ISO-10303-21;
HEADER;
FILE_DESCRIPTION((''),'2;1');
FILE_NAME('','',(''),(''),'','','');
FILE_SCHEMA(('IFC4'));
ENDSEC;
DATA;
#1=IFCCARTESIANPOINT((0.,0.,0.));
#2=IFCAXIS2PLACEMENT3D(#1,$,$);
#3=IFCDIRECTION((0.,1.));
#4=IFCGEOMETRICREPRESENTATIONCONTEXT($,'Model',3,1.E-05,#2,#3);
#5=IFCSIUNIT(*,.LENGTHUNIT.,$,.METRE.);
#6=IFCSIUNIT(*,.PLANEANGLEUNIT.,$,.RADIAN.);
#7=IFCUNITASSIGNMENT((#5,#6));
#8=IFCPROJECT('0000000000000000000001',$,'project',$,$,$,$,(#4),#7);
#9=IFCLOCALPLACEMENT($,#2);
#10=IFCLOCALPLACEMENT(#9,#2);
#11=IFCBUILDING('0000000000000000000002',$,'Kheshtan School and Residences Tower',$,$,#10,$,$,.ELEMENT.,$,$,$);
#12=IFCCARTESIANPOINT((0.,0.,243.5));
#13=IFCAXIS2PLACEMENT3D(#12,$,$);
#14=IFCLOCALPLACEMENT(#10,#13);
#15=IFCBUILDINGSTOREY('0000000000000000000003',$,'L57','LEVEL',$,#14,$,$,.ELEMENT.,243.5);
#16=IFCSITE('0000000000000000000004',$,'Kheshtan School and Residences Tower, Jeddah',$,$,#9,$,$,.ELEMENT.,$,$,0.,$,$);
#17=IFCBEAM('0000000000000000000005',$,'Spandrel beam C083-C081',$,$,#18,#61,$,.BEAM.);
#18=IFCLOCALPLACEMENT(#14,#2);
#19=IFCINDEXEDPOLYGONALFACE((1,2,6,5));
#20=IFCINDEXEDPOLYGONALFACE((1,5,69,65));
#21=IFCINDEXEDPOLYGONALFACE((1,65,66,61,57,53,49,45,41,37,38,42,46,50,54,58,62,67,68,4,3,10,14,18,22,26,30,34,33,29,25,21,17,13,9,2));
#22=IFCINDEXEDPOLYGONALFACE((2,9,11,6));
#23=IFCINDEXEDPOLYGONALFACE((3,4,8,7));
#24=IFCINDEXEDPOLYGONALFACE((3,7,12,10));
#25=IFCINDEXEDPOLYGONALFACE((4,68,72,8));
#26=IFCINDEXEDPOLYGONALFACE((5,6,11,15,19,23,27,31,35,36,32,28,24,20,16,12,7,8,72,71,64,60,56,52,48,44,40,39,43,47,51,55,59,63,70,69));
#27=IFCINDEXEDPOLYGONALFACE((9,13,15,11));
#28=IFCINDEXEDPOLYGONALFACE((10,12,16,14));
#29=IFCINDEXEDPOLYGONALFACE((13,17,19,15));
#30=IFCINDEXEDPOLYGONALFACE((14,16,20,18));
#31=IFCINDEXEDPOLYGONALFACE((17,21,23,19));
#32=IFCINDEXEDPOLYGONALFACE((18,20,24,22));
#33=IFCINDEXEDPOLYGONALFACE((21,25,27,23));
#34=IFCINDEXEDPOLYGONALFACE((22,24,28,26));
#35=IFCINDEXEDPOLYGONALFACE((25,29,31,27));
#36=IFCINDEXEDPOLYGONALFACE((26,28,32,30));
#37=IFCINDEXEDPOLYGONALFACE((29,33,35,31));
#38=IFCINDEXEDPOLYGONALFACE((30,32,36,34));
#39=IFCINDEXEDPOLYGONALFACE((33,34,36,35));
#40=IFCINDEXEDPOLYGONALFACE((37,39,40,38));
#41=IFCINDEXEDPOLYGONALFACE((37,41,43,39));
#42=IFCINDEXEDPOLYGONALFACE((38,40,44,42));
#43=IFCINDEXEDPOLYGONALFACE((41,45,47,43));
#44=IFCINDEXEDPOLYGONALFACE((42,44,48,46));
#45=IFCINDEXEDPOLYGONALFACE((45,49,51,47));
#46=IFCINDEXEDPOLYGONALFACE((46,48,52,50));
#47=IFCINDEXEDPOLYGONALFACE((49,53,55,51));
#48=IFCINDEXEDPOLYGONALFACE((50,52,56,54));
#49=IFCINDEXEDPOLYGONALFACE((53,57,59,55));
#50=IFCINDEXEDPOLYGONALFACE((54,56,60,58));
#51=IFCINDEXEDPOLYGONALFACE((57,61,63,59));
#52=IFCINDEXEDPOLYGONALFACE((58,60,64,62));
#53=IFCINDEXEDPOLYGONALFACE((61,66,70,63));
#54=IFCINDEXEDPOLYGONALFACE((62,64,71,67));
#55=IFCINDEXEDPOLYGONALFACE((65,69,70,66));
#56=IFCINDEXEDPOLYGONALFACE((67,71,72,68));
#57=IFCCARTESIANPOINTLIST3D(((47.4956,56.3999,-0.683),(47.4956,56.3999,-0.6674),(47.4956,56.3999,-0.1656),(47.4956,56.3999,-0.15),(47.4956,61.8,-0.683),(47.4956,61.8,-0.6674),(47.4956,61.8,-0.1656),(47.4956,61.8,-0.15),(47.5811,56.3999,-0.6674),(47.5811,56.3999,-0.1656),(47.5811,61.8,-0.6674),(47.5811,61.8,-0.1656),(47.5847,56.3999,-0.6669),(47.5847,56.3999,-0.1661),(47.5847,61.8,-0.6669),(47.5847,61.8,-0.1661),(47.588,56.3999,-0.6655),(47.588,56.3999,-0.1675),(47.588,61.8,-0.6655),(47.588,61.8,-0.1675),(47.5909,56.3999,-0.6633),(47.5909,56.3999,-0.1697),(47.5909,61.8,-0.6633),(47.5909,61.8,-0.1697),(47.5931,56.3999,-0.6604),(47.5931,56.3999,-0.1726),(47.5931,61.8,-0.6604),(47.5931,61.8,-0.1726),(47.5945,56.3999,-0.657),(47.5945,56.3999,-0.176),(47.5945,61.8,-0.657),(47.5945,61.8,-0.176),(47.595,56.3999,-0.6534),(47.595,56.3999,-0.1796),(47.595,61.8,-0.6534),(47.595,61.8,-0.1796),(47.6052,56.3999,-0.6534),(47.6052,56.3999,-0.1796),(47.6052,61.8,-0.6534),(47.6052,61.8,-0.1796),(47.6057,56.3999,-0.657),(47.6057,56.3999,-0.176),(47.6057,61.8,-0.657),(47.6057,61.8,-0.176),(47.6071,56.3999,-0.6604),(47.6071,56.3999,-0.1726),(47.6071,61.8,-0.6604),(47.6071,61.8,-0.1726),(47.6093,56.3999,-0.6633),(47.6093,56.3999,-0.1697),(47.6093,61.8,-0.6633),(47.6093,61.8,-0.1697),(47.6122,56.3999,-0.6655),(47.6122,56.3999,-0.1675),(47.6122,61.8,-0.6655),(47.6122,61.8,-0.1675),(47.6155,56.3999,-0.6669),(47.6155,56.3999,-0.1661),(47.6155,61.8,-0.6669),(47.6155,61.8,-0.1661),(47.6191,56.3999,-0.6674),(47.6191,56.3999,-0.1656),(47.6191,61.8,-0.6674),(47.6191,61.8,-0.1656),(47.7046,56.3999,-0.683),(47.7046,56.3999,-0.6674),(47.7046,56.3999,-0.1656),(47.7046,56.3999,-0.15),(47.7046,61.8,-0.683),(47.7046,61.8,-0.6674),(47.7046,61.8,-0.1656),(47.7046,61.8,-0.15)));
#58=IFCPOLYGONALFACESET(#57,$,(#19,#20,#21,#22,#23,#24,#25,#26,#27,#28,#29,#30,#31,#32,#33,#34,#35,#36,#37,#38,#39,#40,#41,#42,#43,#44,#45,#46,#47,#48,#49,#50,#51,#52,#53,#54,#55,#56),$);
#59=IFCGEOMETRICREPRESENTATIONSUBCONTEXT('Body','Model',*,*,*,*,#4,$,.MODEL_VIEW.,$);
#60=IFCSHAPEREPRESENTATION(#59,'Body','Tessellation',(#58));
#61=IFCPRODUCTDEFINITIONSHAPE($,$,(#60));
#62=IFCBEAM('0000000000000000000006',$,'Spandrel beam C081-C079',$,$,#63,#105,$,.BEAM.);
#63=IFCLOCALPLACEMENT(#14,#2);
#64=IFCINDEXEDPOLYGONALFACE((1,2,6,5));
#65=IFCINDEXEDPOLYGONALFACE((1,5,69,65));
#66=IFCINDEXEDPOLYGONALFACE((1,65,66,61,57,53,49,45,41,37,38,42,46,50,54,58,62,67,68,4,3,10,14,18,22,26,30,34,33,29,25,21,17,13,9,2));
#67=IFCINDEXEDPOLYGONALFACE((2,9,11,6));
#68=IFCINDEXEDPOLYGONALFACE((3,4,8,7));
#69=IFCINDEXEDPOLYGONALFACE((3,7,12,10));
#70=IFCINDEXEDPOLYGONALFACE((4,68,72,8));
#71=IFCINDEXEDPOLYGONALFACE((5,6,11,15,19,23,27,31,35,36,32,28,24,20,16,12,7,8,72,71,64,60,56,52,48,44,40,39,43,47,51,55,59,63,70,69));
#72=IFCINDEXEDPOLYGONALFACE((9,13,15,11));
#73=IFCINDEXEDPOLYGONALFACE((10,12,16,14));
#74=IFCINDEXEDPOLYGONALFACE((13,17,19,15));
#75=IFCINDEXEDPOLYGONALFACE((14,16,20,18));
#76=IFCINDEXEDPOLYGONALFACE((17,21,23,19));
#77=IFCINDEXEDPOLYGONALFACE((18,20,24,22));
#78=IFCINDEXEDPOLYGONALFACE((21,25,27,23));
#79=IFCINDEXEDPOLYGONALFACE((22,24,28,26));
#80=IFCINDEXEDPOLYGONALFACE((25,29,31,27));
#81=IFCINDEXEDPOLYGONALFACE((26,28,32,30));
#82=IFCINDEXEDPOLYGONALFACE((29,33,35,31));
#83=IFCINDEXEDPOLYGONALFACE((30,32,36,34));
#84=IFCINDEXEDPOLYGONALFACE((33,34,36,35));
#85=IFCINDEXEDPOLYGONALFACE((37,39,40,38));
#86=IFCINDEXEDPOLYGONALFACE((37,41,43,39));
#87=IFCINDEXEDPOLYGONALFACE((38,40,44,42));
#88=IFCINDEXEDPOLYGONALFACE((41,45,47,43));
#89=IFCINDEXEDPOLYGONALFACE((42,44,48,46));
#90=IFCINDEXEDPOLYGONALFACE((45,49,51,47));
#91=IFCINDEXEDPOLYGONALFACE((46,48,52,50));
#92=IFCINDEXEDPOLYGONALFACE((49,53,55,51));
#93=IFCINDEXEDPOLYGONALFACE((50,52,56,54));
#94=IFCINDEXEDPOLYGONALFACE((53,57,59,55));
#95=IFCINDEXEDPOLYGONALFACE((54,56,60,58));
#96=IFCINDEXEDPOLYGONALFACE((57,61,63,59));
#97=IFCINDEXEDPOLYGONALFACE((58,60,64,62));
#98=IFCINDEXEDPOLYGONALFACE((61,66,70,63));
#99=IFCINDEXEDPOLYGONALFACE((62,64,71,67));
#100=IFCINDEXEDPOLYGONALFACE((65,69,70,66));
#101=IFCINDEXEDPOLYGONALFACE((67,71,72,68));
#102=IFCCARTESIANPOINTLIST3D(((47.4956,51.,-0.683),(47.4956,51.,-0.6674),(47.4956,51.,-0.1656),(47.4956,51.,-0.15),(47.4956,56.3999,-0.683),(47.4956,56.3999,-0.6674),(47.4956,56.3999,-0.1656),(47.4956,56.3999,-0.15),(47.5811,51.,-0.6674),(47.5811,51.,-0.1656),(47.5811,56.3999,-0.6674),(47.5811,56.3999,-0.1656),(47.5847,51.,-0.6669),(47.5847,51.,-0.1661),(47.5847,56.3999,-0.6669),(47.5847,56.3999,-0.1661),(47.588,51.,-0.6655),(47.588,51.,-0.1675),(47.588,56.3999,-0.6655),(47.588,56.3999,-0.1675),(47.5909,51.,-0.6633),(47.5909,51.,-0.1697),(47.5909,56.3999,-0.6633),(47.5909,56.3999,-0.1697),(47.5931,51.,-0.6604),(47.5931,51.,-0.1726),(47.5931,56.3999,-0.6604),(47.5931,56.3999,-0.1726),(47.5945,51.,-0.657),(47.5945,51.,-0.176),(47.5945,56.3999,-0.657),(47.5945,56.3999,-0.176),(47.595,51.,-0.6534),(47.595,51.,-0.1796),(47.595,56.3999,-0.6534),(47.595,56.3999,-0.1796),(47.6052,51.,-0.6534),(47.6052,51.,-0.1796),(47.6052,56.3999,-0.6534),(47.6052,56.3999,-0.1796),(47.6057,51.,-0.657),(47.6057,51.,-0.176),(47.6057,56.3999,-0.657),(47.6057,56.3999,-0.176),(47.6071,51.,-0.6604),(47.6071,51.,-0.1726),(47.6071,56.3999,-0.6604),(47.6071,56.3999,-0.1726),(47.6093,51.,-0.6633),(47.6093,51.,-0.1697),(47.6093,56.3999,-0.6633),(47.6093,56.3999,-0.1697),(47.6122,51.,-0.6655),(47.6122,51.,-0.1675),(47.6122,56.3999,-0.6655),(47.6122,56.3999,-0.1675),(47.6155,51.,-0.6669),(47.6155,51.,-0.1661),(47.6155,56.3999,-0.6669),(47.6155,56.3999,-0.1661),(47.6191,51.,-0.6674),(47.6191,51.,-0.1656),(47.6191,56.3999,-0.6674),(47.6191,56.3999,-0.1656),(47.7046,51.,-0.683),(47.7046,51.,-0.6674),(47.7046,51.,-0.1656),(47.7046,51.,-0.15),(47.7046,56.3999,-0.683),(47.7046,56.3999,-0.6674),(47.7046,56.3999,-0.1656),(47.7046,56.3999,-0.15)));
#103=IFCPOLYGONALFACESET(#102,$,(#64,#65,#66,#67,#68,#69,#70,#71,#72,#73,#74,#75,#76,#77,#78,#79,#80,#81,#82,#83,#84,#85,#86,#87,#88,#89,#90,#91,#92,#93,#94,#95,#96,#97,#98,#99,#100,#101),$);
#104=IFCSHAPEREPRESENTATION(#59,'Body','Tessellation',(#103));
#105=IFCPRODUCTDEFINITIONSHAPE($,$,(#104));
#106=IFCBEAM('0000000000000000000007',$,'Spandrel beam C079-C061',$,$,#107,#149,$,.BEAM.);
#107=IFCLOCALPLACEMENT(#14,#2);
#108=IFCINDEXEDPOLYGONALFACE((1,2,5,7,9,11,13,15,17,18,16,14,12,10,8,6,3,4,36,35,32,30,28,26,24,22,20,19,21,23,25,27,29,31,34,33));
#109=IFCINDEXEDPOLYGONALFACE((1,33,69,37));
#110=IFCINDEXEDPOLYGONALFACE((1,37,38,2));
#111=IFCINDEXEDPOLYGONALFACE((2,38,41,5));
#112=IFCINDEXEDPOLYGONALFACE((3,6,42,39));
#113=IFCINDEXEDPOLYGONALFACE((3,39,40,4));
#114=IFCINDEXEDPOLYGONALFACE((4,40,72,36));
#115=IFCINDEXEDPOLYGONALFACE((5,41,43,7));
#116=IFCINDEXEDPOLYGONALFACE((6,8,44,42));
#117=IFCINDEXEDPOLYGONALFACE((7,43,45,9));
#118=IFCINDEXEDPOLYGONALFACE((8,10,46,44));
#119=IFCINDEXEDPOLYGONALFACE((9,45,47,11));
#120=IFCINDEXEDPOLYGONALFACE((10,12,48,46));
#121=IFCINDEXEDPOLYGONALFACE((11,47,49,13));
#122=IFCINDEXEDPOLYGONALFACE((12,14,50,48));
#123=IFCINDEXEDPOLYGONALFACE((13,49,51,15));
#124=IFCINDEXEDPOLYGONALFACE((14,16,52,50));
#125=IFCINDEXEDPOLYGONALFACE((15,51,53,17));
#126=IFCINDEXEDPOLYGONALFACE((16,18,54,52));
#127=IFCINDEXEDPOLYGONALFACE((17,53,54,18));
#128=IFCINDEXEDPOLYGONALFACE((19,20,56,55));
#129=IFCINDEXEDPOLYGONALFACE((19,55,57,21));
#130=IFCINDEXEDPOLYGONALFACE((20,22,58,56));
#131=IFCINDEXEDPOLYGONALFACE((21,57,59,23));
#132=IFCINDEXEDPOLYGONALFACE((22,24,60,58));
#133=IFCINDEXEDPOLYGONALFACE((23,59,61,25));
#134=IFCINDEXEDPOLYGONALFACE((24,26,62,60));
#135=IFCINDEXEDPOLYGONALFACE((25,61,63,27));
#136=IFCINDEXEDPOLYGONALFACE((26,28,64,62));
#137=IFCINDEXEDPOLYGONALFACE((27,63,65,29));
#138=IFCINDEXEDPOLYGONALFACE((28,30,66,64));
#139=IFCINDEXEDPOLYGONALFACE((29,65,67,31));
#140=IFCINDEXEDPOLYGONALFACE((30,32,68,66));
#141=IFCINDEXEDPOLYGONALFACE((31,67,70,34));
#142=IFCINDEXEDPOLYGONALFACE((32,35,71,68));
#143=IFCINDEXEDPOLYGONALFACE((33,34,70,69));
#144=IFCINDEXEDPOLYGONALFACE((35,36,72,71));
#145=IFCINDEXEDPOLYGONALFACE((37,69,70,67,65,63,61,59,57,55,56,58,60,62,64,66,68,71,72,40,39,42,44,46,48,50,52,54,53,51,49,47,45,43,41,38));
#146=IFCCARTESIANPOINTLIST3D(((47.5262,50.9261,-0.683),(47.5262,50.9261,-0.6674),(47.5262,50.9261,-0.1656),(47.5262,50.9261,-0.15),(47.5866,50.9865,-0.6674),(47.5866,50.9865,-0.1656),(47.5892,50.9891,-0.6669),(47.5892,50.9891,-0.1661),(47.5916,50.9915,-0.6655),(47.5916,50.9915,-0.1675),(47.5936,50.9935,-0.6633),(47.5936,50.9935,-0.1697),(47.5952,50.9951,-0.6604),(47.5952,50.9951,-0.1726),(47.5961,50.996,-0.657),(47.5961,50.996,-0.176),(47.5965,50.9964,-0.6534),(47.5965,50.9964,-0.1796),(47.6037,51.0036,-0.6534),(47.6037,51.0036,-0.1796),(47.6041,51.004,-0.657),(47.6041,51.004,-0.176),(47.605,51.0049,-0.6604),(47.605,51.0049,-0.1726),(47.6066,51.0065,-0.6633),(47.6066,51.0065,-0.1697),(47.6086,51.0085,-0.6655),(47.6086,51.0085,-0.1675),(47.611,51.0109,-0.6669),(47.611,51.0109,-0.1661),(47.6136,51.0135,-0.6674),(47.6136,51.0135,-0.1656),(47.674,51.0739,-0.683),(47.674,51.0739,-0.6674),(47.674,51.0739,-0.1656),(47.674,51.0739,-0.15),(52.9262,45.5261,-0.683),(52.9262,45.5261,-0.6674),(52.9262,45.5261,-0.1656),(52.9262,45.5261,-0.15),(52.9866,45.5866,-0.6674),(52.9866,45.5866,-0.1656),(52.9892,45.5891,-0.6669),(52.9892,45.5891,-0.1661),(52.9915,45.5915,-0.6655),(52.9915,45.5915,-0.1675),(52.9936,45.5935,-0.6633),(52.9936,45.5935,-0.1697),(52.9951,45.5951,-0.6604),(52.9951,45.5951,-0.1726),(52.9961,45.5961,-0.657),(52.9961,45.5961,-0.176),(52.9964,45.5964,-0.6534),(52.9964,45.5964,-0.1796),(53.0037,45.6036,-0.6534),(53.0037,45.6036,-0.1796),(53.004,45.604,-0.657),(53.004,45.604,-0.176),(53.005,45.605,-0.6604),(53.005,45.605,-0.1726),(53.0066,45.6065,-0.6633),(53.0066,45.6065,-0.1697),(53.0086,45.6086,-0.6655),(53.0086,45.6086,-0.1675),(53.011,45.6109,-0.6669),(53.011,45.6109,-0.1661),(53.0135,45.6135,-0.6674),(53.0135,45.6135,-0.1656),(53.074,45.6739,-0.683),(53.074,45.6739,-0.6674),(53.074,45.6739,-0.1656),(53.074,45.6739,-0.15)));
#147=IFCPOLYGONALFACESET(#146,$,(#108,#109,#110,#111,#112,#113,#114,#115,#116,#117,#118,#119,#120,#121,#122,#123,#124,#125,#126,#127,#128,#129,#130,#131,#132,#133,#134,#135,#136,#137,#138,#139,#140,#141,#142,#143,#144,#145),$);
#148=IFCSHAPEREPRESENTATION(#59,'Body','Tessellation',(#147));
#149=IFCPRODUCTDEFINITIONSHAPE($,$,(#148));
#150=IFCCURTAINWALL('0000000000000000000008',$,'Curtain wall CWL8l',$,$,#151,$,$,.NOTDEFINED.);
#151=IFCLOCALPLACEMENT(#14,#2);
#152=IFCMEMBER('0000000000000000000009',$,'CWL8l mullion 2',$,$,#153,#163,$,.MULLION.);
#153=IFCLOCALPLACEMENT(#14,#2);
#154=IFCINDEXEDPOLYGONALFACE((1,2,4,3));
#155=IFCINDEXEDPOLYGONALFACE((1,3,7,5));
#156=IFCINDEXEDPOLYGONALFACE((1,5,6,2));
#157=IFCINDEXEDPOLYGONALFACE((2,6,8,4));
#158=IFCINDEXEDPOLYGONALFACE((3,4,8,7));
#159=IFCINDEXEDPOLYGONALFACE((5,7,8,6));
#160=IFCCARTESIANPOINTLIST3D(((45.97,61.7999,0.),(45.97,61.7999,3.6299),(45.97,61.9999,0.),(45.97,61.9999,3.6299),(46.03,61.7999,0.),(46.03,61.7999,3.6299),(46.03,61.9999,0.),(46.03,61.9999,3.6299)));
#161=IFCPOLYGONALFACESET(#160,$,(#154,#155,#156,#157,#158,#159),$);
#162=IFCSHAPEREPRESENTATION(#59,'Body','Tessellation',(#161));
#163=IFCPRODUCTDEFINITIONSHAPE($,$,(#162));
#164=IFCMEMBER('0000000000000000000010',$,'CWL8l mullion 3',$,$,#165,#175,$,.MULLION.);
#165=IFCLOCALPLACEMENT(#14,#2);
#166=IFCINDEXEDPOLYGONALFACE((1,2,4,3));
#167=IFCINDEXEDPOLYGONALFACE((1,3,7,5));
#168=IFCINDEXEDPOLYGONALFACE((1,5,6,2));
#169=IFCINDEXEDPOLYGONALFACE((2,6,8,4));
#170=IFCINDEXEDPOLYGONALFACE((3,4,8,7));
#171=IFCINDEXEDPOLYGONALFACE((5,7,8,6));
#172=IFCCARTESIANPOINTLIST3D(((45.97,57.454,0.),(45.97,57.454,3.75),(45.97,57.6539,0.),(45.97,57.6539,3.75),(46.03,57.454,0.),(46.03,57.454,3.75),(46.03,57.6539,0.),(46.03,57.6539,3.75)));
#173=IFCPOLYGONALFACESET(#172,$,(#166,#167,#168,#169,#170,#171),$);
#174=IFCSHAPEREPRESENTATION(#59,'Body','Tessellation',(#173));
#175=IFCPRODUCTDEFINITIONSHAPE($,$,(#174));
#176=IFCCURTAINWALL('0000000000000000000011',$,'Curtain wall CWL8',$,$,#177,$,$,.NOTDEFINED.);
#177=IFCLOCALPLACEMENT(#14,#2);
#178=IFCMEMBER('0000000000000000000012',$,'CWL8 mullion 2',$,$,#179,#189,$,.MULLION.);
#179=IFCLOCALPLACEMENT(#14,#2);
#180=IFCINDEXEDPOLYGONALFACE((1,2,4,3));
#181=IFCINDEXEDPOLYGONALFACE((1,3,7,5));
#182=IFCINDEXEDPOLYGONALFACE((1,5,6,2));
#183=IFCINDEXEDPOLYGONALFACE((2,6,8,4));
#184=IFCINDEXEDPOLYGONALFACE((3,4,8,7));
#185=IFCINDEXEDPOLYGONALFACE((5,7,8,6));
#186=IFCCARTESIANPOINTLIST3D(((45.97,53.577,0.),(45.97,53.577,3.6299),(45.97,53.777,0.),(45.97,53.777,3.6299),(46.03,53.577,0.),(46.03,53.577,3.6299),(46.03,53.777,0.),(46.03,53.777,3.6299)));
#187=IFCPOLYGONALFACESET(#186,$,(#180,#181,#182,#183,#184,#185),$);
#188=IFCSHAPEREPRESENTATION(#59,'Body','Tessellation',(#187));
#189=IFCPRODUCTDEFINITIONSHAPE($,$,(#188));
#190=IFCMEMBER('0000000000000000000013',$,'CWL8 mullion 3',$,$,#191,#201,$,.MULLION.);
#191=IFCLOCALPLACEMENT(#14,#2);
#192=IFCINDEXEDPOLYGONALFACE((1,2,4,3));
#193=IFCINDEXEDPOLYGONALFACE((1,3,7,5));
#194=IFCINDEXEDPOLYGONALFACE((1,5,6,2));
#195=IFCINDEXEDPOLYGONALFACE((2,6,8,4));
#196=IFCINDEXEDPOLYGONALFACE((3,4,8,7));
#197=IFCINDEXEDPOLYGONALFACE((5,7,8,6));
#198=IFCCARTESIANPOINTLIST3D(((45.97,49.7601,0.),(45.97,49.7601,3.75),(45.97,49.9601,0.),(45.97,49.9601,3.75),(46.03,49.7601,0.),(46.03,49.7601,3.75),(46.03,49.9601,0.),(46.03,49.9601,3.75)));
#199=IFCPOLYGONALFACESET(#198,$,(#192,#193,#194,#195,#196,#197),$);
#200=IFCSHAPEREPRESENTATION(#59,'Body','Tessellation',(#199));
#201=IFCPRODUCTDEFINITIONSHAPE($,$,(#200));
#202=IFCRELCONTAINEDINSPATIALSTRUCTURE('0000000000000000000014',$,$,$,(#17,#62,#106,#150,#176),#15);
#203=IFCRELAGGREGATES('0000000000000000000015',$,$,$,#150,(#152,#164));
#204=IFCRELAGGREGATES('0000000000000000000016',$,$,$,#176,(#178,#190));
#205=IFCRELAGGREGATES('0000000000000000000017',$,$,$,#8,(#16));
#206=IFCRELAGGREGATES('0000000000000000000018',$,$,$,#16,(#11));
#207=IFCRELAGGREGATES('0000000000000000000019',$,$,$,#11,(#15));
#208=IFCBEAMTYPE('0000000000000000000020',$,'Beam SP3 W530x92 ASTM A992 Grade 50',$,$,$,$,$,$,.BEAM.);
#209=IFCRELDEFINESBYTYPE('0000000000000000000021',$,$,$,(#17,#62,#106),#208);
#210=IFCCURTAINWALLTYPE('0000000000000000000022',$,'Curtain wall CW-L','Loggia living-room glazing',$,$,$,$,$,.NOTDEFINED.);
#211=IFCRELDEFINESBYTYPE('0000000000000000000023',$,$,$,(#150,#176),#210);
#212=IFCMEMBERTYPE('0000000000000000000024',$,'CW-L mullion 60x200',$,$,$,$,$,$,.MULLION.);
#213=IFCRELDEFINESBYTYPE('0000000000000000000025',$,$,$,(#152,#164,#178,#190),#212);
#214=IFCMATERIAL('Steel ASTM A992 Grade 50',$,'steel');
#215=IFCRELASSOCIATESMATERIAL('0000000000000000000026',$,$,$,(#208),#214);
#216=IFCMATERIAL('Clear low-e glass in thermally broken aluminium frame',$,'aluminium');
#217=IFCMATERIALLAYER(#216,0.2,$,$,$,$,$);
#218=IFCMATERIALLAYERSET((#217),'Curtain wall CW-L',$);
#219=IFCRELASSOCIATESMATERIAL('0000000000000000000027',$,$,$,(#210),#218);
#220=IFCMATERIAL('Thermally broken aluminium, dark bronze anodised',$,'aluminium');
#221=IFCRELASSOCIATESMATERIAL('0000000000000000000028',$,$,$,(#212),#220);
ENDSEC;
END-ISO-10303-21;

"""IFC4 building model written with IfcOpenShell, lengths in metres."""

from ifc_helpers import new_model, si_unit, direction, frame, origin, origin_2d, place, context, subcontext, project, spatial, rectangle, i_section, extrude, material, layer, layer_set, material_profile, profile_set, type_object, element, aggregate, save


model = new_model("IFC4")

# Units and contexts
model_context = context("Model", 3, precision=1e-05, world=origin(), true_north=direction((0.0, 1.0)))
body_context = subcontext(model_context, "Body", "Model", "MODEL_VIEW")
ifc_project = project(units=[si_unit("LENGTHUNIT", "METRE"), si_unit("PLANEANGLEUNIT", "RADIAN")], contexts=[model_context])

# Site, building, storey
site_placement = place(None, origin())
site = spatial("IfcSite", under=ifc_project, at=site_placement, Name="Kheshtan School and Residences Tower, Jeddah", CompositionType="ELEMENT", RefElevation=0.0)
building_placement = place(site_placement, origin())
building = spatial("IfcBuilding", under=site, at=building_placement, Name="Kheshtan School and Residences Tower", CompositionType="ELEMENT")
storey_placement = place(building_placement, frame((0.0, 0.0, 243.5)))
storey = spatial("IfcBuildingStorey", under=building, at=storey_placement, Name="L57", Description="LEVEL", CompositionType="ELEMENT", Elevation=243.5)

# Shared definitions
ifc_material_1 = material(Name="Steel ASTM A992 Grade 50", Category="steel")

# Beams
ifc_material_profile_1 = material_profile(ifc_material_1, i_section(OverallWidth=0.209, OverallDepth=0.533, WebThickness=0.0103, FlangeThickness=0.0156, FilletRadius=0.0139, at=origin_2d()), Name="W530x92")
ifc_profile_set_1 = profile_set([ifc_material_profile_1], Name="Steel ASTM A992 Grade 50")
beam_type_1 = type_object("IfcBeamType", Name="Beam SP3 W530x92 ASTM A992 Grade 50", PredefinedType="BEAM", material=ifc_profile_set_1)
beam_1_placement = place(storey_placement, frame((47.6001, 61.8, -0.4165), z_axis=(0.0, -1.0, 0.0), x_axis=(1.0, 0.0, 0.0)))
element("IfcBeam", 1, at=beam_1_placement, inside=storey, type_object=beam_type_1, Name="Spandrel beam C083-C081", PredefinedType="BEAM", context=body_context, shape_type="SweptSolid", body=[
    extrude(i_section(OverallWidth=0.209, OverallDepth=0.533, WebThickness=0.0103, FlangeThickness=0.0156, FilletRadius=0.0139, at=origin_2d()), origin(), (0.0, 0.0, 1.0), 5.4001),
])
beam_2_placement = place(storey_placement, frame((47.6001, 56.3999, -0.4165), z_axis=(0.0, -1.0, 0.0), x_axis=(1.0, 0.0, 0.0)))
element("IfcBeam", 2, at=beam_2_placement, inside=storey, type_object=beam_type_1, Name="Spandrel beam C081-C079", PredefinedType="BEAM", context=body_context, shape_type="SweptSolid", body=[
    extrude(i_section(OverallWidth=0.209, OverallDepth=0.533, WebThickness=0.0103, FlangeThickness=0.0156, FilletRadius=0.0139, at=origin_2d()), origin(), (0.0, 0.0, 1.0), 5.3999),
])
beam_3_placement = place(storey_placement, frame((47.6001, 51.0, -0.4165), z_axis=(0.707107, -0.707107, 0.0), x_axis=(0.707107, 0.707107, 0.0)))
element("IfcBeam", 3, at=beam_3_placement, inside=storey, type_object=beam_type_1, Name="Spandrel beam C079-C061", PredefinedType="BEAM", context=body_context, shape_type="SweptSolid", body=[
    extrude(i_section(OverallWidth=0.209, OverallDepth=0.533, WebThickness=0.0103, FlangeThickness=0.0156, FilletRadius=0.0139, at=origin_2d()), origin(), (0.0, 0.0, 1.0), 7.6367),
])

# Curtain walls, members
ifc_material_2 = material(Name="Clear low-e glass in thermally broken aluminium frame", Category="aluminium")
ifc_layer_1 = layer(ifc_material_2, 0.2)
ifc_layer_set_1 = layer_set([ifc_layer_1], Name="Curtain wall CW-L")
curtain_wall_type = type_object("IfcCurtainWallType", Name="Curtain wall CW-L", Description="Loggia living-room glazing", PredefinedType="NOTDEFINED", material=ifc_layer_set_1)
curtain_wall_1_placement = place(storey_placement, origin())
curtain_wall_1 = element("IfcCurtainWall", 4, at=curtain_wall_1_placement, inside=storey, type_object=curtain_wall_type, Name="Curtain wall CWL8l", PredefinedType="NOTDEFINED")
ifc_material_3 = material(Name="Thermally broken aluminium, dark bronze anodised", Category="aluminium")
ifc_material_profile_2 = material_profile(ifc_material_3, rectangle(XDim=0.0601, YDim=0.2, at=origin_2d()), Name="CW-L mullion 60x200")
ifc_profile_set_2 = profile_set([ifc_material_profile_2], Name="Thermally broken aluminium, dark bronze anodised")
member_type_1 = type_object("IfcMemberType", Name="CW-L mullion 60x200", PredefinedType="MULLION", material=ifc_profile_set_2)
member_1_placement = place(storey_placement, frame((46.0, 61.8999, 0.0), z_axis=(0.0, 0.0, 1.0), x_axis=(1.0, 0.0, 0.0)))
member_1 = element("IfcMember", 5, at=member_1_placement, type_object=member_type_1, Name="CWL8l mullion 2", PredefinedType="MULLION", context=body_context, shape_type="SweptSolid", body=[
    extrude(rectangle(XDim=0.0601, YDim=0.2, at=origin_2d()), origin(), (0.0, 0.0, 1.0), 3.6299),
])
member_2_placement = place(storey_placement, frame((46.0, 57.554, 0.0), z_axis=(0.0, 0.0, 1.0), x_axis=(1.0, 0.0, 0.0)))
member_2 = element("IfcMember", 6, at=member_2_placement, type_object=member_type_1, Name="CWL8l mullion 3", PredefinedType="MULLION", context=body_context, shape_type="SweptSolid", body=[
    extrude(rectangle(XDim=0.0601, YDim=0.2, at=origin_2d()), origin(), (0.0, 0.0, 1.0), 3.75),
])
curtain_wall_2_placement = place(storey_placement, origin())
curtain_wall_2 = element("IfcCurtainWall", 7, at=curtain_wall_2_placement, inside=storey, type_object=curtain_wall_type, Name="Curtain wall CWL8", PredefinedType="NOTDEFINED")
member_3_placement = place(storey_placement, frame((46.0, 53.677, 0.0), z_axis=(0.0, 0.0, 1.0), x_axis=(1.0, 0.0, 0.0)))
member_3 = element("IfcMember", 8, at=member_3_placement, type_object=member_type_1, Name="CWL8 mullion 2", PredefinedType="MULLION", context=body_context, shape_type="SweptSolid", body=[
    extrude(rectangle(XDim=0.0601, YDim=0.2, at=origin_2d()), origin(), (0.0, 0.0, 1.0), 3.6299),
])
member_4_placement = place(storey_placement, frame((46.0, 49.8601, 0.0), z_axis=(0.0, 0.0, 1.0), x_axis=(1.0, 0.0, 0.0)))
member_4 = element("IfcMember", 9, at=member_4_placement, type_object=member_type_1, Name="CWL8 mullion 3", PredefinedType="MULLION", context=body_context, shape_type="SweptSolid", body=[
    extrude(rectangle(XDim=0.0601, YDim=0.2, at=origin_2d()), origin(), (0.0, 0.0, 1.0), 3.75),
])

aggregate(curtain_wall_1, [member_1, member_2])
aggregate(curtain_wall_2, [member_3, member_4])

save(model, "model.ifc")
